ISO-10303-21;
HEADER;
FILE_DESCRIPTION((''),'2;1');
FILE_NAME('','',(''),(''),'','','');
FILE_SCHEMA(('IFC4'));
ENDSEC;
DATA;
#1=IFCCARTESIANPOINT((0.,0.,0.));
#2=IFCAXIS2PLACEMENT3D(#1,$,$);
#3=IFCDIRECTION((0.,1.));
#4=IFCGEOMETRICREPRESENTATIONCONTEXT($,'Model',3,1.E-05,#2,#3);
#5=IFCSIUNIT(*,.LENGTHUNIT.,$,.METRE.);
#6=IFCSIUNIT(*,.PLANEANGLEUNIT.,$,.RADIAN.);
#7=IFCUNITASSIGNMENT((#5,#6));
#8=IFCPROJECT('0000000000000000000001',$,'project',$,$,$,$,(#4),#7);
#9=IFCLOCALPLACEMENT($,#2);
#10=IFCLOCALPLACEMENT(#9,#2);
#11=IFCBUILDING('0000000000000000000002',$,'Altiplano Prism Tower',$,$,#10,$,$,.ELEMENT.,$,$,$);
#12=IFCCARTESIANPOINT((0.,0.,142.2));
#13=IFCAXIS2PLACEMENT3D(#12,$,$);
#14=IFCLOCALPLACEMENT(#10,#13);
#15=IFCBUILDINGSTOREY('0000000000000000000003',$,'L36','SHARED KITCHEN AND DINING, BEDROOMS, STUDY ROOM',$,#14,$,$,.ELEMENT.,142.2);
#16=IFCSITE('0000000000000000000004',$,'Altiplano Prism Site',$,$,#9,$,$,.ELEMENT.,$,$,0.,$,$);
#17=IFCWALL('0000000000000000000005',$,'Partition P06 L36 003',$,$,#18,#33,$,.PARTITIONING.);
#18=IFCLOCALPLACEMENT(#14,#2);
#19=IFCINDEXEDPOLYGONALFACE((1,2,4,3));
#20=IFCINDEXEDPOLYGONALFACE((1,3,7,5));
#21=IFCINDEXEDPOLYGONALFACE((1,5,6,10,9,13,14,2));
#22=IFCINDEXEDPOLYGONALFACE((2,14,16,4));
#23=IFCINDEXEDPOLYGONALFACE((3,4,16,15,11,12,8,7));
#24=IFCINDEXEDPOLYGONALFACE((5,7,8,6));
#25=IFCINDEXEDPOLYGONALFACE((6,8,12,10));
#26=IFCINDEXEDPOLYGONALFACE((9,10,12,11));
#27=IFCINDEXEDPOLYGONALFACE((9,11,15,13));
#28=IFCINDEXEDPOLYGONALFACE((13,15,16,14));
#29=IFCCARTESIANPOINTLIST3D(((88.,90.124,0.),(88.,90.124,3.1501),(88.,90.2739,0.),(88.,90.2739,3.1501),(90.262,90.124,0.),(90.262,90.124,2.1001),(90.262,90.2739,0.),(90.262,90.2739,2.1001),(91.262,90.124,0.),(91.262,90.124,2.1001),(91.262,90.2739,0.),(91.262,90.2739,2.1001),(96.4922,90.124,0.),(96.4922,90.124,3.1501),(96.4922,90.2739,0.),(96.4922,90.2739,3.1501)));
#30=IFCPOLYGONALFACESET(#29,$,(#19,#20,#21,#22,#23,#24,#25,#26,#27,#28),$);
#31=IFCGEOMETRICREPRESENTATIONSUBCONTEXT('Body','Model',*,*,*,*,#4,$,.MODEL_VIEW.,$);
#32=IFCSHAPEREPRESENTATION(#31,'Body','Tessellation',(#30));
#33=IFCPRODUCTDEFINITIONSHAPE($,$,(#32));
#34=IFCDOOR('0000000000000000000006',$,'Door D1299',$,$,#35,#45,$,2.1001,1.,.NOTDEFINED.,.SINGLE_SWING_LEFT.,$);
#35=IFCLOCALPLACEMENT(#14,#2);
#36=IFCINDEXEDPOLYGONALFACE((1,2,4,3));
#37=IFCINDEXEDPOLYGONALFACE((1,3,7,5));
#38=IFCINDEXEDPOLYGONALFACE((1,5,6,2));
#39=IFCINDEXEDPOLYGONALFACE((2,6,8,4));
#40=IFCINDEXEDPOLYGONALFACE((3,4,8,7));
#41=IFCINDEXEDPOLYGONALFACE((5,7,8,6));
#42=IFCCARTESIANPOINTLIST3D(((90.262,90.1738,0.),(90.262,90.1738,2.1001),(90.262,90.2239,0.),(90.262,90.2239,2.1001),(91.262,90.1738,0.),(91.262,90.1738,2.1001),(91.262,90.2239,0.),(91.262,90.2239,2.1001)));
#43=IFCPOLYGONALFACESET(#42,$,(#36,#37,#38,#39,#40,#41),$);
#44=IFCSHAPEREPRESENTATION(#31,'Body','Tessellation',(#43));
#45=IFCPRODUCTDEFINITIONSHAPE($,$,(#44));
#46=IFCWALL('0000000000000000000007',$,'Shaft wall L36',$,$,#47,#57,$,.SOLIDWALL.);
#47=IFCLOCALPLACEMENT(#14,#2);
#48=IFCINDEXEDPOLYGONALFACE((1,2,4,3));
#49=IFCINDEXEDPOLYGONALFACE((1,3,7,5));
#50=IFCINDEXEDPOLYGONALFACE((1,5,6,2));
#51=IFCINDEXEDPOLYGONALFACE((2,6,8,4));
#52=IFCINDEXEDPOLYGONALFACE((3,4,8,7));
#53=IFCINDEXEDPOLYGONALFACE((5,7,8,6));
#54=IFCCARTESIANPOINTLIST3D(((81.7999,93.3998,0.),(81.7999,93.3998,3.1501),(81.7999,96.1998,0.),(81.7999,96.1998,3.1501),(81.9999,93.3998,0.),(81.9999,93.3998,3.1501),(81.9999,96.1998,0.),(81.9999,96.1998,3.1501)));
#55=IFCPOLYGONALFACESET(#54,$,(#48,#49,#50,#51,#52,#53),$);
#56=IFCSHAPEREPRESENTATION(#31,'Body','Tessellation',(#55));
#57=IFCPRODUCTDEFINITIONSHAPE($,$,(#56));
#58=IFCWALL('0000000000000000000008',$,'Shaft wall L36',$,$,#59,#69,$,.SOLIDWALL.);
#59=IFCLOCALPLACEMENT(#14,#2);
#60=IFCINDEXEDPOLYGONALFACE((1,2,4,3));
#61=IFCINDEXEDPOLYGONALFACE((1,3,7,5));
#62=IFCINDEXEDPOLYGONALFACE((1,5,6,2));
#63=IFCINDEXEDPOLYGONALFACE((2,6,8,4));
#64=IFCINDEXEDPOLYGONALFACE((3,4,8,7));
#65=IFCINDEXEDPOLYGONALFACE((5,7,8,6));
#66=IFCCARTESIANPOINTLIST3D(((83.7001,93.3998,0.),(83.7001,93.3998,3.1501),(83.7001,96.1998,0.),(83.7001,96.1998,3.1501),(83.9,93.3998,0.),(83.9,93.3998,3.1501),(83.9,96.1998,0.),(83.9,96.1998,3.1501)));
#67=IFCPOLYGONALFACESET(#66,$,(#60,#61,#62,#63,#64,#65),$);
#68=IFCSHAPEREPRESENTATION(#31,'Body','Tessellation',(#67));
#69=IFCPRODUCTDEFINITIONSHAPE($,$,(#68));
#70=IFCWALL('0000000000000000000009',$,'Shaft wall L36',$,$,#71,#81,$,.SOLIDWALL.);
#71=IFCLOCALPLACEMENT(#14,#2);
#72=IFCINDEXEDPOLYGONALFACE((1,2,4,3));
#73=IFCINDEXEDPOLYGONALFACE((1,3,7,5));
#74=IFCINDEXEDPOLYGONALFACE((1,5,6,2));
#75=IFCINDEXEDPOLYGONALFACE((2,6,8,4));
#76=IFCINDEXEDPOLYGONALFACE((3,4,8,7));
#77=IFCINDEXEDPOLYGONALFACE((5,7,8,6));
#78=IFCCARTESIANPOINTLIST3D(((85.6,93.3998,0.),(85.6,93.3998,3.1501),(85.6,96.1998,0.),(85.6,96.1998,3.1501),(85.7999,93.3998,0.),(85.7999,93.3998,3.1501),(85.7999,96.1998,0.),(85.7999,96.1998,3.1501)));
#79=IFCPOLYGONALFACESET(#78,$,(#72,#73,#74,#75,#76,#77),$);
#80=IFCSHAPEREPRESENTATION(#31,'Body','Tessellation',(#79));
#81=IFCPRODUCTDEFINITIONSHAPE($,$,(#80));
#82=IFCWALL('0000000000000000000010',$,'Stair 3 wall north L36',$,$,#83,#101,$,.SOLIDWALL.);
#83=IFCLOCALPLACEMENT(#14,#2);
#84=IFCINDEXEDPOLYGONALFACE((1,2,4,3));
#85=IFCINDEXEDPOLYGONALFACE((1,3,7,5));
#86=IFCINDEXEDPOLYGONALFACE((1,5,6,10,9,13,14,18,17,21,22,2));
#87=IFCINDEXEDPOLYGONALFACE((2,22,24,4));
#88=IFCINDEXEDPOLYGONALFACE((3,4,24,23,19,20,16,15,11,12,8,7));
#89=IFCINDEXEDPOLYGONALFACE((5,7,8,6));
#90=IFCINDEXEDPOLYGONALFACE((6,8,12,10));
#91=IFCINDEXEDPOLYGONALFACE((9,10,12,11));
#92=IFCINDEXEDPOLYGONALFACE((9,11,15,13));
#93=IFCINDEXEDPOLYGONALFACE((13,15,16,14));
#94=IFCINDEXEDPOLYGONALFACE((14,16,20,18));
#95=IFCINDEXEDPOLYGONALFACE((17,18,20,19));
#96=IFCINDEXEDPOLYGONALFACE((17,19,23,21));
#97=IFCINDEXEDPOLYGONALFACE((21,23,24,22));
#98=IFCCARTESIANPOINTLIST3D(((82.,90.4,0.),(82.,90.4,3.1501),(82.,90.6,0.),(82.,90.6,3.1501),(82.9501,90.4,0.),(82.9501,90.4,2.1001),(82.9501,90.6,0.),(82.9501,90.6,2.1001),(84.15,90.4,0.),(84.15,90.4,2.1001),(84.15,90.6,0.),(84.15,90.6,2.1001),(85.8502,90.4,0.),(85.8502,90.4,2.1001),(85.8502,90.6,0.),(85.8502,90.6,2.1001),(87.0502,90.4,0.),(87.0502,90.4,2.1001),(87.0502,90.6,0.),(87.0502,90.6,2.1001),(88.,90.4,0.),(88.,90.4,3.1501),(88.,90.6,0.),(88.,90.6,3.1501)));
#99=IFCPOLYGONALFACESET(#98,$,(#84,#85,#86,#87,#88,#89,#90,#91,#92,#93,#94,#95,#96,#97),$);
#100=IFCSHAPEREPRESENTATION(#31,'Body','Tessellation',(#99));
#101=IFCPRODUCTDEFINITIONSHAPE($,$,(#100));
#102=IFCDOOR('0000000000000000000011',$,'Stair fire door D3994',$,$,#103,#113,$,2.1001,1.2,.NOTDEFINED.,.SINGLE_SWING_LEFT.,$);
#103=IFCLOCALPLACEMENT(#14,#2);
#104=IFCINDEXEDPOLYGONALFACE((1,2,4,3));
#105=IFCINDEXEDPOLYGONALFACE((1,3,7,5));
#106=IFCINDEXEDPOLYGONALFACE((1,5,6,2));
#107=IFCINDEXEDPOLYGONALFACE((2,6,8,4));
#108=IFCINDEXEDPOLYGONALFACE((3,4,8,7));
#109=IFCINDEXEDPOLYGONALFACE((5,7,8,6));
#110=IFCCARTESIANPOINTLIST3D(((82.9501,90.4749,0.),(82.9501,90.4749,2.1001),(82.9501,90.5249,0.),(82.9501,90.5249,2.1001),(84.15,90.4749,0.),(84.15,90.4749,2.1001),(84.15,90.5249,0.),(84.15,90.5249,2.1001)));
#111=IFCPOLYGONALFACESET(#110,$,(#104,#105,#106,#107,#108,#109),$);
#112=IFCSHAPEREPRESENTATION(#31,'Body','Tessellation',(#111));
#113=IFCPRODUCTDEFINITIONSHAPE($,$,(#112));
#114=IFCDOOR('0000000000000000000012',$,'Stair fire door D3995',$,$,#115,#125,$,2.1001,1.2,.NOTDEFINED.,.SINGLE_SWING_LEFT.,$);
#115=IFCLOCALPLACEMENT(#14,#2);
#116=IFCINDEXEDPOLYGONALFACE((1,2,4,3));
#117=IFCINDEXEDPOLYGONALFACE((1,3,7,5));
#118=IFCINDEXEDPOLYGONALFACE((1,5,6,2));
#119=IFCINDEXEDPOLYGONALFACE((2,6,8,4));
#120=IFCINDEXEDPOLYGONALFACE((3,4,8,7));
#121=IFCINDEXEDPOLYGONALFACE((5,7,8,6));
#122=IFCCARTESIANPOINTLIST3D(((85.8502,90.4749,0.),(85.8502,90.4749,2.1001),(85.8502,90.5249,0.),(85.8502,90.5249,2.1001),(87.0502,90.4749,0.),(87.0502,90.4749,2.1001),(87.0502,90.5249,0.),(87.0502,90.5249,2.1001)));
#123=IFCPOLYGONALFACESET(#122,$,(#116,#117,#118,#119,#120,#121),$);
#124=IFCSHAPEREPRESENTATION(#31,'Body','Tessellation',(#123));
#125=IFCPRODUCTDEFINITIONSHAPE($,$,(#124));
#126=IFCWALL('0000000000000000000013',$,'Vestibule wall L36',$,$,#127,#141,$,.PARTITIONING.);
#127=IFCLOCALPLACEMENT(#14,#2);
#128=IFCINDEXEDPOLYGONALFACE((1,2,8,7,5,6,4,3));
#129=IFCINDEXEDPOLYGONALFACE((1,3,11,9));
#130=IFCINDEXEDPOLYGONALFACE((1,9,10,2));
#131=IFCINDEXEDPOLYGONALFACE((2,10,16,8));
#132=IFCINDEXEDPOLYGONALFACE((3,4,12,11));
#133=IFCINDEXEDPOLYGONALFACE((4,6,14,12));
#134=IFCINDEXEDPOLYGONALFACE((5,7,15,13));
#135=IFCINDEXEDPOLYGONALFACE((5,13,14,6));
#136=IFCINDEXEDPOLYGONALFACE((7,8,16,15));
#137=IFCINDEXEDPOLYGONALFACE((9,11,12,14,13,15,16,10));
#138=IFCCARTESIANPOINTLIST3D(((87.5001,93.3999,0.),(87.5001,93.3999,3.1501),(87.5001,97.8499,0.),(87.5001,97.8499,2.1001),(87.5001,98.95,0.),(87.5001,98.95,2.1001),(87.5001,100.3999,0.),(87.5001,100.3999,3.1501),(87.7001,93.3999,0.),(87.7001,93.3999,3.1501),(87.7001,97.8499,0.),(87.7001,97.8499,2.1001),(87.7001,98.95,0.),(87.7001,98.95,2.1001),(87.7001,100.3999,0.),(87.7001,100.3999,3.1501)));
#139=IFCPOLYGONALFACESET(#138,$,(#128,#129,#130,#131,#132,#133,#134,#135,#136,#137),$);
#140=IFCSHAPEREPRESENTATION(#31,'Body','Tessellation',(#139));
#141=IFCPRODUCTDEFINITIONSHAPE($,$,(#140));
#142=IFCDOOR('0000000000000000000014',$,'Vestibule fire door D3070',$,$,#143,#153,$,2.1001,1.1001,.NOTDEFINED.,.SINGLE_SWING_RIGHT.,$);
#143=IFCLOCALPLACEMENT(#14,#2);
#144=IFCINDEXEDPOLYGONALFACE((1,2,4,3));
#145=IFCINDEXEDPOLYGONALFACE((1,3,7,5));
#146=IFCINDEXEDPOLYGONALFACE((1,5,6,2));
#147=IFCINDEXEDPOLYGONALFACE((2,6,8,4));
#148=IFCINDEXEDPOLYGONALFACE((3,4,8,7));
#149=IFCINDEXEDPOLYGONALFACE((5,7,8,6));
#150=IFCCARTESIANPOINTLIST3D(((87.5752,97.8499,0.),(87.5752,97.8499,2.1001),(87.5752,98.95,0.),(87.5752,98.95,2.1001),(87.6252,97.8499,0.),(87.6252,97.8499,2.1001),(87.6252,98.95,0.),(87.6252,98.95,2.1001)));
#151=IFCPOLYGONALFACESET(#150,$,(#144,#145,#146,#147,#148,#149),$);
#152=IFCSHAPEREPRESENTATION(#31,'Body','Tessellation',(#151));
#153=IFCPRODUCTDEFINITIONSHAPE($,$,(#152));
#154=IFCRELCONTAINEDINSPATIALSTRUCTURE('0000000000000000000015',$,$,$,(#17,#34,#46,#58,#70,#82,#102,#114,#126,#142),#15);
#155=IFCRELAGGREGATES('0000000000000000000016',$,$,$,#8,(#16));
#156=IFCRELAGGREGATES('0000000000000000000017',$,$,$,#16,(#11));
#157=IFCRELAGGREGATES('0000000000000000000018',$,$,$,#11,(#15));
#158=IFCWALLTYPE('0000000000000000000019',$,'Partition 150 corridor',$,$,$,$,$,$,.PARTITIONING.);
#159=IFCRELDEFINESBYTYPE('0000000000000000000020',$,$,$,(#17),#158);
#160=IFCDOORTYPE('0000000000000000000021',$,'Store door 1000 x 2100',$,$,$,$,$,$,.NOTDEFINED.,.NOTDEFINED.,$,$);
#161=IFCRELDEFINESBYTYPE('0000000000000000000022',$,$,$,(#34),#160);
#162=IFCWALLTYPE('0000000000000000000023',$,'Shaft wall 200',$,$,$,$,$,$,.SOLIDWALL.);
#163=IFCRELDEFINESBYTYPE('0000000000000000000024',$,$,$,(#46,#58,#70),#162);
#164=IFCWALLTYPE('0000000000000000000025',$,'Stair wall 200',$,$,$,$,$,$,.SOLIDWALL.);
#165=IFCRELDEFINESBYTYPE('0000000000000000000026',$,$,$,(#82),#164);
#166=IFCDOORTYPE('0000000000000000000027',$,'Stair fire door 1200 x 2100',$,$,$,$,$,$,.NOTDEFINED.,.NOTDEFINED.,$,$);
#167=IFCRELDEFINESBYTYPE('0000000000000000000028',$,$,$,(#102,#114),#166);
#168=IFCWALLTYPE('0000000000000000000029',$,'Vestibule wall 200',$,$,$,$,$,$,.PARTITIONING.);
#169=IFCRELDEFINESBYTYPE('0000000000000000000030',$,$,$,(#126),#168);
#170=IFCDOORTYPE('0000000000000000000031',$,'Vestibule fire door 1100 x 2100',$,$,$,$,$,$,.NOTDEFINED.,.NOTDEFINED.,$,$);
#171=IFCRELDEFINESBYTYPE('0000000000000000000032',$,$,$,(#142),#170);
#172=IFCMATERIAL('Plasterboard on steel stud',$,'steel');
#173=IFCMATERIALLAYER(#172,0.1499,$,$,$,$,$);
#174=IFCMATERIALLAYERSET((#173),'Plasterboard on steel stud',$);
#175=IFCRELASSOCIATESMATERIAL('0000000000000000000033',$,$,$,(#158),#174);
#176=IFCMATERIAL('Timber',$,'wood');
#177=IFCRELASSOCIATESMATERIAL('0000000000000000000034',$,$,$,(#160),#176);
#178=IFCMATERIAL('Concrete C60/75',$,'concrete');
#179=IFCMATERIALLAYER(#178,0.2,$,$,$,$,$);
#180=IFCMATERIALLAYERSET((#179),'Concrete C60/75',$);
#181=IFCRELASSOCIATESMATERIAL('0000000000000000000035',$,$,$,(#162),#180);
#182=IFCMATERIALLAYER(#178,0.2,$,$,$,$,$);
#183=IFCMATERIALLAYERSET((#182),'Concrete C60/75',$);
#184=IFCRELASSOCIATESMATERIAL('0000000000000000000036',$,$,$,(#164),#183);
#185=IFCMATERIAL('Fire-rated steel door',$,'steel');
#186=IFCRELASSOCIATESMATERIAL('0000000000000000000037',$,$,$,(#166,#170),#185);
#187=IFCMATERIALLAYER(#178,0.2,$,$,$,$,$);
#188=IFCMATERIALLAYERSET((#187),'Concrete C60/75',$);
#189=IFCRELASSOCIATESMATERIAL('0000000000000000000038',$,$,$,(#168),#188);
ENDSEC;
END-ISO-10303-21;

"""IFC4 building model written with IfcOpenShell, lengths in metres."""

from ifc_helpers import new_model, si_unit, direction, frame, frame_2d, origin, place, context, subcontext, project, spatial, rectangle, extrude, material, layer, layer_set, type_object, element, fill, save


model = new_model("IFC4")

# Units and contexts
model_context = context("Model", 3, precision=1e-05, world=origin(), true_north=direction((0.0, 1.0)))
body_context = subcontext(model_context, "Body", "Model", "MODEL_VIEW")
ifc_project = project(units=[si_unit("LENGTHUNIT", "METRE"), si_unit("PLANEANGLEUNIT", "RADIAN")], contexts=[model_context])

# Site, building, storey
site_placement = place(None, origin())
site = spatial("IfcSite", under=ifc_project, at=site_placement, Name="Altiplano Prism Site", CompositionType="ELEMENT", RefElevation=0.0)
building_placement = place(site_placement, origin())
building = spatial("IfcBuilding", under=site, at=building_placement, Name="Altiplano Prism Tower", CompositionType="ELEMENT")
storey_placement = place(building_placement, frame((0.0, 0.0, 142.2)))
storey = spatial("IfcBuildingStorey", under=building, at=storey_placement, Name="L36", Description="SHARED KITCHEN AND DINING, BEDROOMS, STUDY ROOM", CompositionType="ELEMENT", Elevation=142.2)

# Wall, opening, door
ifc_material_1 = material(Name="Plasterboard on steel stud", Category="steel")
ifc_layer_1 = layer(ifc_material_1, 0.1499)
ifc_layer_set_1 = layer_set([ifc_layer_1], Name="Plasterboard on steel stud")
wall_type_1 = type_object("IfcWallType", Name="Partition 150 corridor", PredefinedType="PARTITIONING", material=ifc_layer_set_1)
wall_1_placement = place(storey_placement, frame((88.0, 90.199, 0.0), z_axis=(0.0, 0.0, 1.0), x_axis=(1.0, 0.0, 0.0)))
wall_1 = element("IfcWall", 1, at=wall_1_placement, inside=storey, type_object=wall_type_1, Name="Partition P06 L36 003", PredefinedType="PARTITIONING", context=body_context, shape_type="SweptSolid", body=[
    extrude(rectangle(XDim=8.4922, YDim=0.1499, at=frame_2d((4.2461, 0.0))), origin(), (0.0, 0.0, 1.0), 3.1501),
])
opening_1_placement = place(wall_1_placement, frame((2.262, 0.0, 0.0)))
opening_1 = element("IfcOpeningElement", 2, at=opening_1_placement, cuts=wall_1, PredefinedType="OPENING", context=body_context, shape_type="SweptSolid", body=[
    extrude(rectangle(XDim=1.0, YDim=2.1001, at=frame_2d((0.5, 1.05))), frame((0.0, 0.0854, 0.0), z_axis=(0.0, -1.0, 0.0), x_axis=(1.0, 0.0, 0.0)), (0.0, 0.0, 1.0), 0.1709),
])
ifc_material_2 = material(Name="Timber", Category="wood")
door_type_1 = type_object("IfcDoorType", Name="Store door 1000 x 2100", OperationType="NOTDEFINED", PredefinedType="NOTDEFINED", material=ifc_material_2)
door_1_placement = place(opening_1_placement, origin())
door_1 = element("IfcDoor", 3, at=door_1_placement, inside=storey, type_object=door_type_1, Name="Door D1299", OperationType="SINGLE_SWING_LEFT", OverallHeight=2.1001, OverallWidth=1.0, PredefinedType="NOTDEFINED", context=body_context, shape_type="SweptSolid", body=[
    extrude(rectangle(XDim=1.0, YDim=2.1001, at=frame_2d((0.5, 1.05))), frame((0.0, 0.0249, 0.0), z_axis=(0.0, -1.0, 0.0), x_axis=(1.0, 0.0, 0.0)), (0.0, 0.0, 1.0), 0.05),
])
fill(opening_1, door_1)

# Walls
ifc_material_3 = material(Name="Concrete C60/75", Category="concrete")
ifc_layer_2 = layer(ifc_material_3, 0.2)
ifc_layer_set_2 = layer_set([ifc_layer_2], Name="Concrete C60/75")
wall_type_2 = type_object("IfcWallType", Name="Shaft wall 200", PredefinedType="SOLIDWALL", material=ifc_layer_set_2)
for number, where, z_axis, x_axis, name in (
    (4, (81.8999, 93.3999, 0.0), (0.0, 0.0, 1.0), (0.0, 1.0, 0.0), "Shaft wall L36"),
    (5, (83.8, 93.3999, 0.0), (0.0, 0.0, 1.0), (0.0, 1.0, 0.0), "Shaft wall L36"),
    (6, (85.7, 93.3999, 0.0), (0.0, 0.0, 1.0), (0.0, 1.0, 0.0), "Shaft wall L36"),
):
    element("IfcWall", number, at=place(storey_placement, frame(where, z_axis=z_axis, x_axis=x_axis)), inside=storey, type_object=wall_type_2, Name=name, PredefinedType="SOLIDWALL", context=body_context, shape_type="SweptSolid", body=[
        extrude(rectangle(XDim=2.8, YDim=0.2, at=frame_2d((1.3999, 0.0))), origin(), (0.0, 0.0, 1.0), 3.1501),
    ])

# Wall, openings, doors
ifc_layer_3 = layer(ifc_material_3, 0.2)
ifc_layer_set_3 = layer_set([ifc_layer_3], Name="Concrete C60/75")
wall_type_3 = type_object("IfcWallType", Name="Stair wall 200", PredefinedType="SOLIDWALL", material=ifc_layer_set_3)
wall_2_placement = place(storey_placement, frame((82.0, 90.5, 0.0), z_axis=(0.0, 0.0, 1.0), x_axis=(1.0, 0.0, 0.0)))
wall_2 = element("IfcWall", 7, at=wall_2_placement, inside=storey, type_object=wall_type_3, Name="Stair 3 wall north L36", PredefinedType="SOLIDWALL", context=body_context, shape_type="SweptSolid", body=[
    extrude(rectangle(XDim=6.0, YDim=0.2, at=frame_2d((3.0, 0.0))), origin(), (0.0, 0.0, 1.0), 3.1501),
])
opening_2_placement = place(wall_2_placement, frame((0.95, 0.0, 0.0)))
opening_2 = element("IfcOpeningElement", 8, at=opening_2_placement, cuts=wall_2, PredefinedType="OPENING", context=body_context, shape_type="SweptSolid", body=[
    extrude(rectangle(XDim=1.2, YDim=2.1001, at=frame_2d((0.6001, 1.05))), frame((0.0, 0.1104, 0.0), z_axis=(0.0, -1.0, 0.0), x_axis=(1.0, 0.0, 0.0)), (0.0, 0.0, 1.0), 0.2209),
])
opening_3_placement = place(wall_2_placement, frame((3.8501, 0.0, 0.0)))
opening_3 = element("IfcOpeningElement", 9, at=opening_3_placement, cuts=wall_2, PredefinedType="OPENING", context=body_context, shape_type="SweptSolid", body=[
    extrude(rectangle(XDim=1.2, YDim=2.1001, at=frame_2d((0.6001, 1.05))), frame((0.0, 0.1104, 0.0), z_axis=(0.0, -1.0, 0.0), x_axis=(1.0, 0.0, 0.0)), (0.0, 0.0, 1.0), 0.2209),
])
ifc_material_4 = material(Name="Fire-rated steel door", Category="steel")
door_type_2 = type_object("IfcDoorType", Name="Stair fire door 1200 x 2100", OperationType="NOTDEFINED", PredefinedType="NOTDEFINED", material=ifc_material_4)
door_2_placement = place(opening_2_placement, origin())
door_2 = element("IfcDoor", 10, at=door_2_placement, inside=storey, type_object=door_type_2, Name="Stair fire door D3994", OperationType="SINGLE_SWING_LEFT", OverallHeight=2.1001, OverallWidth=1.2, PredefinedType="NOTDEFINED", context=body_context, shape_type="SweptSolid", body=[
    extrude(rectangle(XDim=1.2, YDim=2.1001, at=frame_2d((0.6001, 1.05))), frame((0.0, 0.0249, 0.0), z_axis=(0.0, -1.0, 0.0), x_axis=(1.0, 0.0, 0.0)), (0.0, 0.0, 1.0), 0.05),
])
fill(opening_2, door_2)
door_3_placement = place(opening_3_placement, origin())
door_3 = element("IfcDoor", 11, at=door_3_placement, inside=storey, type_object=door_type_2, Name="Stair fire door D3995", OperationType="SINGLE_SWING_LEFT", OverallHeight=2.1001, OverallWidth=1.2, PredefinedType="NOTDEFINED", context=body_context, shape_type="SweptSolid", body=[
    extrude(rectangle(XDim=1.2, YDim=2.1001, at=frame_2d((0.6001, 1.05))), frame((0.0, 0.0249, 0.0), z_axis=(0.0, -1.0, 0.0), x_axis=(1.0, 0.0, 0.0)), (0.0, 0.0, 1.0), 0.05),
])
fill(opening_3, door_3)

# Wall, opening, door
ifc_layer_4 = layer(ifc_material_3, 0.2)
ifc_layer_set_4 = layer_set([ifc_layer_4], Name="Concrete C60/75")
wall_type_4 = type_object("IfcWallType", Name="Vestibule wall 200", PredefinedType="PARTITIONING", material=ifc_layer_set_4)
wall_3_placement = place(storey_placement, frame((87.6001, 93.3999, 0.0), z_axis=(0.0, 0.0, 1.0), x_axis=(0.0, 1.0, 0.0)))
wall_3 = element("IfcWall", 12, at=wall_3_placement, inside=storey, type_object=wall_type_4, Name="Vestibule wall L36", PredefinedType="PARTITIONING", context=body_context, shape_type="SweptSolid", body=[
    extrude(rectangle(XDim=7.0, YDim=0.2, at=frame_2d((3.5, 0.0))), origin(), (0.0, 0.0, 1.0), 3.1501),
])
opening_4_placement = place(wall_3_placement, frame((4.45, 0.0, 0.0)))
opening_4 = element("IfcOpeningElement", 13, at=opening_4_placement, cuts=wall_3, PredefinedType="OPENING", context=body_context, shape_type="SweptSolid", body=[
    extrude(rectangle(XDim=1.1001, YDim=2.1001, at=frame_2d((0.55, 1.05))), frame((0.0, 0.1104, 0.0), z_axis=(0.0, -1.0, 0.0), x_axis=(1.0, 0.0, 0.0)), (0.0, 0.0, 1.0), 0.2209),
])
door_type_3 = type_object("IfcDoorType", Name="Vestibule fire door 1100 x 2100", OperationType="NOTDEFINED", PredefinedType="NOTDEFINED", material=ifc_material_4)
door_4_placement = place(opening_4_placement, origin())
door_4 = element("IfcDoor", 14, at=door_4_placement, inside=storey, type_object=door_type_3, Name="Vestibule fire door D3070", OperationType="SINGLE_SWING_RIGHT", OverallHeight=2.1001, OverallWidth=1.1001, PredefinedType="NOTDEFINED", context=body_context, shape_type="SweptSolid", body=[
    extrude(rectangle(XDim=1.1001, YDim=2.1001, at=frame_2d((0.55, 1.05))), frame((0.0, 0.0249, 0.0), z_axis=(0.0, -1.0, 0.0), x_axis=(1.0, 0.0, 0.0)), (0.0, 0.0, 1.0), 0.05),
])
fill(opening_4, door_4)

save(model, "model.ifc")
